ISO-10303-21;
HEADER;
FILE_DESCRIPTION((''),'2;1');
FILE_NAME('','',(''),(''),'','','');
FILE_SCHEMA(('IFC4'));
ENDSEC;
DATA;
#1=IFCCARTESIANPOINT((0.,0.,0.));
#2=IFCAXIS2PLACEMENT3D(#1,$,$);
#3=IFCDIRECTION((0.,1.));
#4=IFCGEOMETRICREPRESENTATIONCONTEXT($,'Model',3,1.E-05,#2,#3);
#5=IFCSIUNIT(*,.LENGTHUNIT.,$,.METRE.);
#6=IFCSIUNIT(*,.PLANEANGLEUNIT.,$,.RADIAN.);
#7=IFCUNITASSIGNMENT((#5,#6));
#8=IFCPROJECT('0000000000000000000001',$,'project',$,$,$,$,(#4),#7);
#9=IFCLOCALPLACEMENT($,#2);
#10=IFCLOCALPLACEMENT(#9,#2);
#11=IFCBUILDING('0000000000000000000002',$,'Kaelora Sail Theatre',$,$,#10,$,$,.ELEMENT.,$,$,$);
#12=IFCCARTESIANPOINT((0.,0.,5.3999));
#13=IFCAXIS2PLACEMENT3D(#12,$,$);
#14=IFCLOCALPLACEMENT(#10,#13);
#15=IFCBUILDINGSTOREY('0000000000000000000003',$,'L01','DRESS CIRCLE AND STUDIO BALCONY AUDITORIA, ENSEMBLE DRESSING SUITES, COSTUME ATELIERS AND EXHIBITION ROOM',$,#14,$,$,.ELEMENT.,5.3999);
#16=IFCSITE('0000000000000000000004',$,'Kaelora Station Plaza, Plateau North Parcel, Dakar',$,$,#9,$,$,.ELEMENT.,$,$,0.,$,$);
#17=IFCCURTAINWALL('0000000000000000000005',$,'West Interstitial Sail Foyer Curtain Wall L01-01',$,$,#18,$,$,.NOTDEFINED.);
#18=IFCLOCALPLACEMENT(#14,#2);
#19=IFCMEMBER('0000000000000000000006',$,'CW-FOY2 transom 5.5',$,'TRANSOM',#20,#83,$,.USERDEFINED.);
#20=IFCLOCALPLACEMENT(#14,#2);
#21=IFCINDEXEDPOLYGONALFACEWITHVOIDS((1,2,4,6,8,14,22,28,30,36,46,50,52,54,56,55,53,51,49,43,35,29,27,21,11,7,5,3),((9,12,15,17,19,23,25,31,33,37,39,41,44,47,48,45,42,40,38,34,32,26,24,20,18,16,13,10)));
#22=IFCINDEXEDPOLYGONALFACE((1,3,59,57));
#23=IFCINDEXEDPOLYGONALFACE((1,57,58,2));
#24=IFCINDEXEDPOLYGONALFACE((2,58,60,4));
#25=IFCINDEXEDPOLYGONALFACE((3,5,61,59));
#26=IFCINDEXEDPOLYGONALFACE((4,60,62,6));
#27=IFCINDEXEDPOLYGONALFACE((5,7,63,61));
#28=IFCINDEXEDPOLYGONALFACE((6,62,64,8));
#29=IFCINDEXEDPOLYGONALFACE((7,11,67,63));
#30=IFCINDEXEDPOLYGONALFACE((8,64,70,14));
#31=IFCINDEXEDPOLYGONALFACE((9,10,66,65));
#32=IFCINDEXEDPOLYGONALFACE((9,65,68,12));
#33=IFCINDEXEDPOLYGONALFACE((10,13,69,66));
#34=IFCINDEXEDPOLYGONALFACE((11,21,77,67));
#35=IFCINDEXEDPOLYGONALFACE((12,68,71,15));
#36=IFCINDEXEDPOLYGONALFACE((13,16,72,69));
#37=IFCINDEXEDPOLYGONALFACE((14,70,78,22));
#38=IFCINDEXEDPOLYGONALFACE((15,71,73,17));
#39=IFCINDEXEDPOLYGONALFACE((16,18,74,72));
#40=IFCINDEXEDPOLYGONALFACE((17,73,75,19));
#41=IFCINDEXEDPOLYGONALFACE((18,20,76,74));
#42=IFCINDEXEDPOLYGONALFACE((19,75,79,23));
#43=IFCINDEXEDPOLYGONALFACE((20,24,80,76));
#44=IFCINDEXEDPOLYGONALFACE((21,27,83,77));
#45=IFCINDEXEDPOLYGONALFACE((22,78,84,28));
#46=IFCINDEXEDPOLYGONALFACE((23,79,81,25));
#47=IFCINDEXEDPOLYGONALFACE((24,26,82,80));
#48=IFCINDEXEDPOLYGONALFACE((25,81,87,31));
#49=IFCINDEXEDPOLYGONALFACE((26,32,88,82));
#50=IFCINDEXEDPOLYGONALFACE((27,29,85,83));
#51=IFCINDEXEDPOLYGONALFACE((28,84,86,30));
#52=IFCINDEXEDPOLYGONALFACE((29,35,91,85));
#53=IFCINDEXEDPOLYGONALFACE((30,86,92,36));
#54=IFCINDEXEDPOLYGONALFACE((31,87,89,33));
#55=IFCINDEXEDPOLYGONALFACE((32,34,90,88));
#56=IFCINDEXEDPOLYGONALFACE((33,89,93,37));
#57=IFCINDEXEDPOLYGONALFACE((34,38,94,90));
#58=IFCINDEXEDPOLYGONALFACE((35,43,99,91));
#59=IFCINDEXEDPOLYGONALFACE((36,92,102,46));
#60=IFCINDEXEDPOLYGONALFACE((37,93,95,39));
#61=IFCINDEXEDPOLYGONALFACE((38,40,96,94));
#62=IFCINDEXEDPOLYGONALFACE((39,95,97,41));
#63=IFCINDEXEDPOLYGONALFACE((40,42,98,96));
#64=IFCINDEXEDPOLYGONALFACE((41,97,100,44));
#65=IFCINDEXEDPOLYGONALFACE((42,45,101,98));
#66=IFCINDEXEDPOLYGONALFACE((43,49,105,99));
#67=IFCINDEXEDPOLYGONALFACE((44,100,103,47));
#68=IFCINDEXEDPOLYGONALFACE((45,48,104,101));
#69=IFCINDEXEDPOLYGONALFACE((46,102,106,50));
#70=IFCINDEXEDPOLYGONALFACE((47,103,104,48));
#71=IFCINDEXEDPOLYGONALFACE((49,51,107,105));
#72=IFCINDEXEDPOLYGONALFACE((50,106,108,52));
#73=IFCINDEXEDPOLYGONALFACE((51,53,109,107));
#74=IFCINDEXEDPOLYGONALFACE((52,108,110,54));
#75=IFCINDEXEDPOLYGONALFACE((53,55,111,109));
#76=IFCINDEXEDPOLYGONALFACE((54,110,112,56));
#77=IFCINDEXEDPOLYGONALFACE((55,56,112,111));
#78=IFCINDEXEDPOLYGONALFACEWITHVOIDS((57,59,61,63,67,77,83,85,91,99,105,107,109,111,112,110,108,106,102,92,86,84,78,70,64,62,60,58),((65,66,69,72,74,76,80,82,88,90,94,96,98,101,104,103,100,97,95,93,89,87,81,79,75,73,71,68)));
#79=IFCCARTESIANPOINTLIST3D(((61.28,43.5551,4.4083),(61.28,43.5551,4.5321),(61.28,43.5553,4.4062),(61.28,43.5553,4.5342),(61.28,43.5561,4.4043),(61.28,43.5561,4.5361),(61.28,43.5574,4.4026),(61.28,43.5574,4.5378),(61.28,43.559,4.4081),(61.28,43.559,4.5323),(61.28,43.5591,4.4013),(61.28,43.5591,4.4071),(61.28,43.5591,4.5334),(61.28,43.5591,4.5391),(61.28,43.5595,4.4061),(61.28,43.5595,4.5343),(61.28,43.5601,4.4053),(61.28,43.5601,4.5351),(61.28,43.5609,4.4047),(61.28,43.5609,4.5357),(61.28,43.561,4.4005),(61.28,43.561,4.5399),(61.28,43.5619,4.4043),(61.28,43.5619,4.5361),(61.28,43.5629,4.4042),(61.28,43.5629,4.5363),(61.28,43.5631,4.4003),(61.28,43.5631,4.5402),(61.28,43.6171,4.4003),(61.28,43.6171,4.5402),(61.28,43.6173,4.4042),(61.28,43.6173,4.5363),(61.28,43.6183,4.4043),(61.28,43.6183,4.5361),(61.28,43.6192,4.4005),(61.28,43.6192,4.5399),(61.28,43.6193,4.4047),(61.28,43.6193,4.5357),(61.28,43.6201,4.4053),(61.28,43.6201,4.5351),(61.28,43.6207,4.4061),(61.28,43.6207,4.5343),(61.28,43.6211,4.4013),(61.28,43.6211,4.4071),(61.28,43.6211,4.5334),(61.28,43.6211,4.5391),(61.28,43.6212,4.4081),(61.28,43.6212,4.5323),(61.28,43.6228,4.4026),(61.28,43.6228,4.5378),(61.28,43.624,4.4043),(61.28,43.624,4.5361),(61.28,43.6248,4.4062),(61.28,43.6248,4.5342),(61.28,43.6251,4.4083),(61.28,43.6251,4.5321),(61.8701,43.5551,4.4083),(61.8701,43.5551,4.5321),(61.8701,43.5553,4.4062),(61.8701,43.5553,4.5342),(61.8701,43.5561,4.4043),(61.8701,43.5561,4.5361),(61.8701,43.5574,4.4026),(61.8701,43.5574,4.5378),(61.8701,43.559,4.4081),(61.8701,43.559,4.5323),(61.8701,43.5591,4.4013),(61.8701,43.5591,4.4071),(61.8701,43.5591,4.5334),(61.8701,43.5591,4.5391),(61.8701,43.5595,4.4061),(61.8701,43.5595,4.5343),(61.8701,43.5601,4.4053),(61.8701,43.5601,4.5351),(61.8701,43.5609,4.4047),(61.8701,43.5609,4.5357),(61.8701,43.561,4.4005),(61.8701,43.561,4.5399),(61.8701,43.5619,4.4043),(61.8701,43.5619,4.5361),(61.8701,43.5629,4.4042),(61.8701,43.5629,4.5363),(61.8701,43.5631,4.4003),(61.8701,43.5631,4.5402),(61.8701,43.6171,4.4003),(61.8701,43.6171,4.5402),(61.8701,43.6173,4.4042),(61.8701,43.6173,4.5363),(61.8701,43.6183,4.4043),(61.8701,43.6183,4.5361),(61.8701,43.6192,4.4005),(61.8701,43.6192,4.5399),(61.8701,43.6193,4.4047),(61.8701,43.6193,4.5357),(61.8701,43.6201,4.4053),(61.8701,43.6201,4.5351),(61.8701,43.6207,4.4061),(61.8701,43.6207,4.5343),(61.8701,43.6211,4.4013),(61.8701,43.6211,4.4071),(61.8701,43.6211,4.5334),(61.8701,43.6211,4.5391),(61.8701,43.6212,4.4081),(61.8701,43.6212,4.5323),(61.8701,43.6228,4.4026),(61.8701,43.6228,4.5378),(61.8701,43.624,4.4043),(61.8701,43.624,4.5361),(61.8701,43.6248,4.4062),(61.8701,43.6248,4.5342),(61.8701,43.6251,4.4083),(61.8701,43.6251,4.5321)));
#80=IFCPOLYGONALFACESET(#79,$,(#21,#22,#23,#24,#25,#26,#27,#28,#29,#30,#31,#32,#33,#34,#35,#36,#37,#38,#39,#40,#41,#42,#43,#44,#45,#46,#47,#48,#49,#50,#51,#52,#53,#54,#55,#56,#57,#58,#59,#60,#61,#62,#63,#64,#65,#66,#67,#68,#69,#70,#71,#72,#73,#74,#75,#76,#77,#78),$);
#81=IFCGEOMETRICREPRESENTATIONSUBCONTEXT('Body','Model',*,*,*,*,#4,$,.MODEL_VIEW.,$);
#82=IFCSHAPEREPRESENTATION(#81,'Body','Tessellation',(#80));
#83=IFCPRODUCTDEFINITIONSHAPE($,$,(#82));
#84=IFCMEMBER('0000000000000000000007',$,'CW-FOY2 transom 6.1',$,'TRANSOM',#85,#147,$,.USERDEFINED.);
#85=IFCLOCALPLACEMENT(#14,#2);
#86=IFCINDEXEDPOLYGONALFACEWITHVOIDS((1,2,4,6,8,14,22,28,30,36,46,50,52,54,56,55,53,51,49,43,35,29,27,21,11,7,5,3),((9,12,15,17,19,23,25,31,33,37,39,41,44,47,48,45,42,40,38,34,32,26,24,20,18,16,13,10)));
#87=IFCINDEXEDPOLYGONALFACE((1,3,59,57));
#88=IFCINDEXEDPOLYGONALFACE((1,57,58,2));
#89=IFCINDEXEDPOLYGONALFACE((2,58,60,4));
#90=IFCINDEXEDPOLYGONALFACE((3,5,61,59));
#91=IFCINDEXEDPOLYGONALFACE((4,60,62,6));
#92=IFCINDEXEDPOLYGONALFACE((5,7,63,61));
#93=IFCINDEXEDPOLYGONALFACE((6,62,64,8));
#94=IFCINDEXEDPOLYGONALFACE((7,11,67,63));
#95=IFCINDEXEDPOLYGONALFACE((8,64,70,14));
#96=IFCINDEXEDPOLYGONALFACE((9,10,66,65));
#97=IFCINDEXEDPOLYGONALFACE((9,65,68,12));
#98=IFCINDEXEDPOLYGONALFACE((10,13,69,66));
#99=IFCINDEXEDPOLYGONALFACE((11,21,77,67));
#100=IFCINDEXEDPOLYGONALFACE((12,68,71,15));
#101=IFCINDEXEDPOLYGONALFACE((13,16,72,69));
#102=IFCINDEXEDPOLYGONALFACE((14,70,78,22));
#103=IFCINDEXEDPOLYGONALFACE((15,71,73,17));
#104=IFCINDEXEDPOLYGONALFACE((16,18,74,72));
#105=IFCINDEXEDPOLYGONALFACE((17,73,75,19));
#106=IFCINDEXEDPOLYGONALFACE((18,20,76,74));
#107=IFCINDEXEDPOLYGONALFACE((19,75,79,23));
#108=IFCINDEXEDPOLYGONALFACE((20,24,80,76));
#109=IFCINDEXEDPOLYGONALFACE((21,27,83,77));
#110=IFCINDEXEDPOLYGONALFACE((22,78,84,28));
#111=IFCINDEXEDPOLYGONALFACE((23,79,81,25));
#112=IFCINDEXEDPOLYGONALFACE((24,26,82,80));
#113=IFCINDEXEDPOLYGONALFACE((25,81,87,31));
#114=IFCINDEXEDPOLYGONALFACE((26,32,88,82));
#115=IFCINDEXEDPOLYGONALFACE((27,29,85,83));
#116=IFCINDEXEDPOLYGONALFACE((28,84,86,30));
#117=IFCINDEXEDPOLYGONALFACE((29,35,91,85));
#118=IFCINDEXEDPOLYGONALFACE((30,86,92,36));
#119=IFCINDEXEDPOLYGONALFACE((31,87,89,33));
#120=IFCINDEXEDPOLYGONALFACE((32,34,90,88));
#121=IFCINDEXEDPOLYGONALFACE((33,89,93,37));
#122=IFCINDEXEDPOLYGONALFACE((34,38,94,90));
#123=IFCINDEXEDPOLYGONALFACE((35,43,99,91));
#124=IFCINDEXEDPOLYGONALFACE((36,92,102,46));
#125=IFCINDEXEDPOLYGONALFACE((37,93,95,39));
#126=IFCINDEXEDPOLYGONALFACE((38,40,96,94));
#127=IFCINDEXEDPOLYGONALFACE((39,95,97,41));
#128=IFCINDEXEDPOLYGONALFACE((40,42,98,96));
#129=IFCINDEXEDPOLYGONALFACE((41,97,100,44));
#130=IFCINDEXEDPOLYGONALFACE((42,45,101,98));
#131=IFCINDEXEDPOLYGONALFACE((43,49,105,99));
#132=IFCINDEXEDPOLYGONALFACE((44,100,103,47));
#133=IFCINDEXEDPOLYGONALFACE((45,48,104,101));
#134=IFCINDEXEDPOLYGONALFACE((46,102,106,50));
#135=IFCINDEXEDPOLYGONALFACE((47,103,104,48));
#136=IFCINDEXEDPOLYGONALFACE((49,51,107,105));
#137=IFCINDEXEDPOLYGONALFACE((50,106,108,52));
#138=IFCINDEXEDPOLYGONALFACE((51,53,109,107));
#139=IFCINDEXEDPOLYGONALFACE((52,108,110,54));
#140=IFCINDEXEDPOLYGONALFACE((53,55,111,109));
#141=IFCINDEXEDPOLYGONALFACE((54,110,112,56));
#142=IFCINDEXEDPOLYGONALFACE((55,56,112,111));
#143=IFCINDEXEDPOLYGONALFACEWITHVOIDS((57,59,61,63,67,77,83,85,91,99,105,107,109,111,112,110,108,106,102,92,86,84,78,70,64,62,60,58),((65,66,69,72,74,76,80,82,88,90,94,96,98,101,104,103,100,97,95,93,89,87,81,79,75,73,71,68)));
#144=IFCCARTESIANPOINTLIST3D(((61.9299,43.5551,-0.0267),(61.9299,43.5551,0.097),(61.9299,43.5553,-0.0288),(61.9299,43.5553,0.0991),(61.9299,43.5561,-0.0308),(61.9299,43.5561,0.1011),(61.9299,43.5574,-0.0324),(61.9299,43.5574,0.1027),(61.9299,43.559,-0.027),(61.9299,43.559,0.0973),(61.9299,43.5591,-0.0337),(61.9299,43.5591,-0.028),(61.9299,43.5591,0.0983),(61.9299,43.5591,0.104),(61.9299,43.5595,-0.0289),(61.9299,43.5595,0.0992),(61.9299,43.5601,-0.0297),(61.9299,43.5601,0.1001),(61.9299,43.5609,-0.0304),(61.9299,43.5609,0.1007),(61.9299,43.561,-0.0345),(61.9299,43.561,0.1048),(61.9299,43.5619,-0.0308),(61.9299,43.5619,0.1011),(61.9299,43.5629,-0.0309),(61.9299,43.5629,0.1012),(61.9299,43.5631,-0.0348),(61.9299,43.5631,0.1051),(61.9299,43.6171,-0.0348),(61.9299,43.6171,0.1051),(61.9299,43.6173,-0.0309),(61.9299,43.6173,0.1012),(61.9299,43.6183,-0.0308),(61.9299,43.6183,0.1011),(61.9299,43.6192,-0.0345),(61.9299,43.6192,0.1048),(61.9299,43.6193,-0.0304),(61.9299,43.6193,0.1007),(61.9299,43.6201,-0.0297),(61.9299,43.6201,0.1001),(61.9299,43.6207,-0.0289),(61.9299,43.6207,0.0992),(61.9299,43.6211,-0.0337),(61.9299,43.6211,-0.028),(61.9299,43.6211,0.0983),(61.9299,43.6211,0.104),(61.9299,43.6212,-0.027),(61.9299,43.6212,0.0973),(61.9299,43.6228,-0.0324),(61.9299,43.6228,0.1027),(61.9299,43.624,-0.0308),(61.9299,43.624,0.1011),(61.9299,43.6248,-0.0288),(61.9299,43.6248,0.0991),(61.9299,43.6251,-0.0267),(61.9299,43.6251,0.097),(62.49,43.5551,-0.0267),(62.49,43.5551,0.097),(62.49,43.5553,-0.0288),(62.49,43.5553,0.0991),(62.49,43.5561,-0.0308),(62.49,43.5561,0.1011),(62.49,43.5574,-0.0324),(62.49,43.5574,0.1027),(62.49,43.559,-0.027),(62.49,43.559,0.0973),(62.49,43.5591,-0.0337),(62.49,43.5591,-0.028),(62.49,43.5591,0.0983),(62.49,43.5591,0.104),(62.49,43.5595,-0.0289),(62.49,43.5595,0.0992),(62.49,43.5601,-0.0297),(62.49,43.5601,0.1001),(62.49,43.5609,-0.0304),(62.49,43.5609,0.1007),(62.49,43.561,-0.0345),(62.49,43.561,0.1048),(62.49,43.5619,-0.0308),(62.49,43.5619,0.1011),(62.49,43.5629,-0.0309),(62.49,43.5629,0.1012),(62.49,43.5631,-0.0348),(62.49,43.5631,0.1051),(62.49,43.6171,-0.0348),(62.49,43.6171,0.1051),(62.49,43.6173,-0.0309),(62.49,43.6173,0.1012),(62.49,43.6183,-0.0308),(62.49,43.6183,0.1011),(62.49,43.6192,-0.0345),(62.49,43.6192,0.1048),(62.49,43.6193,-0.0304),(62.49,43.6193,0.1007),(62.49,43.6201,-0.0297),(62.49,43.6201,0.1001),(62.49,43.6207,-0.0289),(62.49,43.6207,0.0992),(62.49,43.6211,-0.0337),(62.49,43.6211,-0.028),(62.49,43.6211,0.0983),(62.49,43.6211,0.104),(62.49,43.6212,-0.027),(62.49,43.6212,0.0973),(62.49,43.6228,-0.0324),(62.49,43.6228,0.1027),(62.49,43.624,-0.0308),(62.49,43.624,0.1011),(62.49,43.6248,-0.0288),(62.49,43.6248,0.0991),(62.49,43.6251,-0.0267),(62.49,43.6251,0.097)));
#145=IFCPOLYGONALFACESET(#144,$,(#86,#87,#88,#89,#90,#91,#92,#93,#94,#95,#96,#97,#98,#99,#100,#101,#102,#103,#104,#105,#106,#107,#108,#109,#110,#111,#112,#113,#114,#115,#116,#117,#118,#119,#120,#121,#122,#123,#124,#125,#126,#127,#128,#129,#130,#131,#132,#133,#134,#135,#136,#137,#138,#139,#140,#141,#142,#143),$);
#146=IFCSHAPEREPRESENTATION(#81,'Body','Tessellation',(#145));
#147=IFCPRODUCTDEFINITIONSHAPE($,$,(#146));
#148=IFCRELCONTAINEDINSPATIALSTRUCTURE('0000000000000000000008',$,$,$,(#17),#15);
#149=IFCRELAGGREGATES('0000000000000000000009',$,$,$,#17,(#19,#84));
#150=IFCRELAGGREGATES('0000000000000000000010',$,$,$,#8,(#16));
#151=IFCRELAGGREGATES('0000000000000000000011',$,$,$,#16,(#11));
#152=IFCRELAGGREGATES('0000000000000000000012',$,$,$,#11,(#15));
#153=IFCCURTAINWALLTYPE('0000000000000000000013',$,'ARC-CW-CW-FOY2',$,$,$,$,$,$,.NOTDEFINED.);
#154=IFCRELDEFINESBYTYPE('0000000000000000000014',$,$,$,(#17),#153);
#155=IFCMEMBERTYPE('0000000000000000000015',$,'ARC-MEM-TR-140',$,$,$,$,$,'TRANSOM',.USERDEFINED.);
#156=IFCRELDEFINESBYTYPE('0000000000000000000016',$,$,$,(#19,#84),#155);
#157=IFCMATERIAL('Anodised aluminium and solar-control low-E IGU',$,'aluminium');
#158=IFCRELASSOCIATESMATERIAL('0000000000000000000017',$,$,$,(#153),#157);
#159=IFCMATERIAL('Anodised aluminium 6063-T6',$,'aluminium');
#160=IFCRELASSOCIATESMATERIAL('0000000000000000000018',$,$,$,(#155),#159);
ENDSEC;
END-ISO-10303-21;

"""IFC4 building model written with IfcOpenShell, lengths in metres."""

from ifc_helpers import new_model, si_unit, direction, frame, origin, origin_2d, place, context, subcontext, project, spatial, hollow_rectangle, extrude, material, material_profile, profile_set, type_object, element, aggregate, save


model = new_model("IFC4")

# Units and contexts
model_context = context("Model", 3, precision=1e-05, world=origin(), true_north=direction((0.0, 1.0)))
body_context = subcontext(model_context, "Body", "Model", "MODEL_VIEW")
ifc_project = project(units=[si_unit("LENGTHUNIT", "METRE"), si_unit("PLANEANGLEUNIT", "RADIAN")], contexts=[model_context])

# Site, building, storey
site_placement = place(None, origin())
site = spatial("IfcSite", under=ifc_project, at=site_placement, Name="Kaelora Station Plaza, Plateau North Parcel, Dakar", CompositionType="ELEMENT", RefElevation=0.0)
building_placement = place(site_placement, origin())
building = spatial("IfcBuilding", under=site, at=building_placement, Name="Kaelora Sail Theatre", CompositionType="ELEMENT")
storey_placement = place(building_placement, frame((0.0, 0.0, 5.3999)))
storey = spatial("IfcBuildingStorey", under=building, at=storey_placement, Name="L01", Description="DRESS CIRCLE AND STUDIO BALCONY AUDITORIA, ENSEMBLE DRESSING SUITES, COSTUME ATELIERS AND EXHIBITION ROOM", CompositionType="ELEMENT", Elevation=5.3999)

# Curtain wall, members
ifc_material_1 = material(Name="Anodised aluminium and solar-control low-E IGU", Category="aluminium")
curtain_wall_type = type_object("IfcCurtainWallType", Name="ARC-CW-CW-FOY2", PredefinedType="NOTDEFINED", material=ifc_material_1)
curtain_wall_placement = place(storey_placement, origin())
curtain_wall = element("IfcCurtainWall", 1, at=curtain_wall_placement, inside=storey, type_object=curtain_wall_type, Name="West Interstitial Sail Foyer Curtain Wall L01-01", PredefinedType="NOTDEFINED")
ifc_material_2 = material(Name="Anodised aluminium 6063-T6", Category="aluminium")
ifc_material_profile_1 = material_profile(ifc_material_2, hollow_rectangle(XDim=0.0701, YDim=0.1399, WallThickness=0.0039, InnerFilletRadius=0.0039, OuterFilletRadius=0.0081, at=origin_2d()), Name="ALU-TRAN 70x140x4")
ifc_profile_set_1 = profile_set([ifc_material_profile_1], Name="Anodised aluminium 6063-T6")
member_type_1 = type_object("IfcMemberType", Name="ARC-MEM-TR-140", ElementType="TRANSOM", PredefinedType="USERDEFINED", material=ifc_profile_set_1)
member_1_placement = place(storey_placement, frame((61.28, 43.5901, 4.4702), z_axis=(1.0, 0.0, 0.0), x_axis=(0.0, 1.0, 0.0)))
member_1 = element("IfcMember", 2, at=member_1_placement, type_object=member_type_1, Name="CW-FOY2 transom 5.5", ObjectType="TRANSOM", PredefinedType="USERDEFINED", context=body_context, shape_type="SweptSolid", body=[
    extrude(hollow_rectangle(XDim=0.0701, YDim=0.1399, WallThickness=0.0039, InnerFilletRadius=0.0039, OuterFilletRadius=0.0081, at=origin_2d()), origin(), (0.0, 0.0, 1.0), 0.5901),
])
member_2_placement = place(storey_placement, frame((61.9299, 43.5901, 0.0352), z_axis=(1.0, 0.0, 0.0), x_axis=(0.0, 1.0, 0.0)))
member_2 = element("IfcMember", 3, at=member_2_placement, type_object=member_type_1, Name="CW-FOY2 transom 6.1", ObjectType="TRANSOM", PredefinedType="USERDEFINED", context=body_context, shape_type="SweptSolid", body=[
    extrude(hollow_rectangle(XDim=0.0701, YDim=0.1399, WallThickness=0.0039, InnerFilletRadius=0.0039, OuterFilletRadius=0.0081, at=origin_2d()), origin(), (0.0, 0.0, 1.0), 0.5601),
])

aggregate(curtain_wall, [member_1, member_2])

save(model, "model.ifc")
